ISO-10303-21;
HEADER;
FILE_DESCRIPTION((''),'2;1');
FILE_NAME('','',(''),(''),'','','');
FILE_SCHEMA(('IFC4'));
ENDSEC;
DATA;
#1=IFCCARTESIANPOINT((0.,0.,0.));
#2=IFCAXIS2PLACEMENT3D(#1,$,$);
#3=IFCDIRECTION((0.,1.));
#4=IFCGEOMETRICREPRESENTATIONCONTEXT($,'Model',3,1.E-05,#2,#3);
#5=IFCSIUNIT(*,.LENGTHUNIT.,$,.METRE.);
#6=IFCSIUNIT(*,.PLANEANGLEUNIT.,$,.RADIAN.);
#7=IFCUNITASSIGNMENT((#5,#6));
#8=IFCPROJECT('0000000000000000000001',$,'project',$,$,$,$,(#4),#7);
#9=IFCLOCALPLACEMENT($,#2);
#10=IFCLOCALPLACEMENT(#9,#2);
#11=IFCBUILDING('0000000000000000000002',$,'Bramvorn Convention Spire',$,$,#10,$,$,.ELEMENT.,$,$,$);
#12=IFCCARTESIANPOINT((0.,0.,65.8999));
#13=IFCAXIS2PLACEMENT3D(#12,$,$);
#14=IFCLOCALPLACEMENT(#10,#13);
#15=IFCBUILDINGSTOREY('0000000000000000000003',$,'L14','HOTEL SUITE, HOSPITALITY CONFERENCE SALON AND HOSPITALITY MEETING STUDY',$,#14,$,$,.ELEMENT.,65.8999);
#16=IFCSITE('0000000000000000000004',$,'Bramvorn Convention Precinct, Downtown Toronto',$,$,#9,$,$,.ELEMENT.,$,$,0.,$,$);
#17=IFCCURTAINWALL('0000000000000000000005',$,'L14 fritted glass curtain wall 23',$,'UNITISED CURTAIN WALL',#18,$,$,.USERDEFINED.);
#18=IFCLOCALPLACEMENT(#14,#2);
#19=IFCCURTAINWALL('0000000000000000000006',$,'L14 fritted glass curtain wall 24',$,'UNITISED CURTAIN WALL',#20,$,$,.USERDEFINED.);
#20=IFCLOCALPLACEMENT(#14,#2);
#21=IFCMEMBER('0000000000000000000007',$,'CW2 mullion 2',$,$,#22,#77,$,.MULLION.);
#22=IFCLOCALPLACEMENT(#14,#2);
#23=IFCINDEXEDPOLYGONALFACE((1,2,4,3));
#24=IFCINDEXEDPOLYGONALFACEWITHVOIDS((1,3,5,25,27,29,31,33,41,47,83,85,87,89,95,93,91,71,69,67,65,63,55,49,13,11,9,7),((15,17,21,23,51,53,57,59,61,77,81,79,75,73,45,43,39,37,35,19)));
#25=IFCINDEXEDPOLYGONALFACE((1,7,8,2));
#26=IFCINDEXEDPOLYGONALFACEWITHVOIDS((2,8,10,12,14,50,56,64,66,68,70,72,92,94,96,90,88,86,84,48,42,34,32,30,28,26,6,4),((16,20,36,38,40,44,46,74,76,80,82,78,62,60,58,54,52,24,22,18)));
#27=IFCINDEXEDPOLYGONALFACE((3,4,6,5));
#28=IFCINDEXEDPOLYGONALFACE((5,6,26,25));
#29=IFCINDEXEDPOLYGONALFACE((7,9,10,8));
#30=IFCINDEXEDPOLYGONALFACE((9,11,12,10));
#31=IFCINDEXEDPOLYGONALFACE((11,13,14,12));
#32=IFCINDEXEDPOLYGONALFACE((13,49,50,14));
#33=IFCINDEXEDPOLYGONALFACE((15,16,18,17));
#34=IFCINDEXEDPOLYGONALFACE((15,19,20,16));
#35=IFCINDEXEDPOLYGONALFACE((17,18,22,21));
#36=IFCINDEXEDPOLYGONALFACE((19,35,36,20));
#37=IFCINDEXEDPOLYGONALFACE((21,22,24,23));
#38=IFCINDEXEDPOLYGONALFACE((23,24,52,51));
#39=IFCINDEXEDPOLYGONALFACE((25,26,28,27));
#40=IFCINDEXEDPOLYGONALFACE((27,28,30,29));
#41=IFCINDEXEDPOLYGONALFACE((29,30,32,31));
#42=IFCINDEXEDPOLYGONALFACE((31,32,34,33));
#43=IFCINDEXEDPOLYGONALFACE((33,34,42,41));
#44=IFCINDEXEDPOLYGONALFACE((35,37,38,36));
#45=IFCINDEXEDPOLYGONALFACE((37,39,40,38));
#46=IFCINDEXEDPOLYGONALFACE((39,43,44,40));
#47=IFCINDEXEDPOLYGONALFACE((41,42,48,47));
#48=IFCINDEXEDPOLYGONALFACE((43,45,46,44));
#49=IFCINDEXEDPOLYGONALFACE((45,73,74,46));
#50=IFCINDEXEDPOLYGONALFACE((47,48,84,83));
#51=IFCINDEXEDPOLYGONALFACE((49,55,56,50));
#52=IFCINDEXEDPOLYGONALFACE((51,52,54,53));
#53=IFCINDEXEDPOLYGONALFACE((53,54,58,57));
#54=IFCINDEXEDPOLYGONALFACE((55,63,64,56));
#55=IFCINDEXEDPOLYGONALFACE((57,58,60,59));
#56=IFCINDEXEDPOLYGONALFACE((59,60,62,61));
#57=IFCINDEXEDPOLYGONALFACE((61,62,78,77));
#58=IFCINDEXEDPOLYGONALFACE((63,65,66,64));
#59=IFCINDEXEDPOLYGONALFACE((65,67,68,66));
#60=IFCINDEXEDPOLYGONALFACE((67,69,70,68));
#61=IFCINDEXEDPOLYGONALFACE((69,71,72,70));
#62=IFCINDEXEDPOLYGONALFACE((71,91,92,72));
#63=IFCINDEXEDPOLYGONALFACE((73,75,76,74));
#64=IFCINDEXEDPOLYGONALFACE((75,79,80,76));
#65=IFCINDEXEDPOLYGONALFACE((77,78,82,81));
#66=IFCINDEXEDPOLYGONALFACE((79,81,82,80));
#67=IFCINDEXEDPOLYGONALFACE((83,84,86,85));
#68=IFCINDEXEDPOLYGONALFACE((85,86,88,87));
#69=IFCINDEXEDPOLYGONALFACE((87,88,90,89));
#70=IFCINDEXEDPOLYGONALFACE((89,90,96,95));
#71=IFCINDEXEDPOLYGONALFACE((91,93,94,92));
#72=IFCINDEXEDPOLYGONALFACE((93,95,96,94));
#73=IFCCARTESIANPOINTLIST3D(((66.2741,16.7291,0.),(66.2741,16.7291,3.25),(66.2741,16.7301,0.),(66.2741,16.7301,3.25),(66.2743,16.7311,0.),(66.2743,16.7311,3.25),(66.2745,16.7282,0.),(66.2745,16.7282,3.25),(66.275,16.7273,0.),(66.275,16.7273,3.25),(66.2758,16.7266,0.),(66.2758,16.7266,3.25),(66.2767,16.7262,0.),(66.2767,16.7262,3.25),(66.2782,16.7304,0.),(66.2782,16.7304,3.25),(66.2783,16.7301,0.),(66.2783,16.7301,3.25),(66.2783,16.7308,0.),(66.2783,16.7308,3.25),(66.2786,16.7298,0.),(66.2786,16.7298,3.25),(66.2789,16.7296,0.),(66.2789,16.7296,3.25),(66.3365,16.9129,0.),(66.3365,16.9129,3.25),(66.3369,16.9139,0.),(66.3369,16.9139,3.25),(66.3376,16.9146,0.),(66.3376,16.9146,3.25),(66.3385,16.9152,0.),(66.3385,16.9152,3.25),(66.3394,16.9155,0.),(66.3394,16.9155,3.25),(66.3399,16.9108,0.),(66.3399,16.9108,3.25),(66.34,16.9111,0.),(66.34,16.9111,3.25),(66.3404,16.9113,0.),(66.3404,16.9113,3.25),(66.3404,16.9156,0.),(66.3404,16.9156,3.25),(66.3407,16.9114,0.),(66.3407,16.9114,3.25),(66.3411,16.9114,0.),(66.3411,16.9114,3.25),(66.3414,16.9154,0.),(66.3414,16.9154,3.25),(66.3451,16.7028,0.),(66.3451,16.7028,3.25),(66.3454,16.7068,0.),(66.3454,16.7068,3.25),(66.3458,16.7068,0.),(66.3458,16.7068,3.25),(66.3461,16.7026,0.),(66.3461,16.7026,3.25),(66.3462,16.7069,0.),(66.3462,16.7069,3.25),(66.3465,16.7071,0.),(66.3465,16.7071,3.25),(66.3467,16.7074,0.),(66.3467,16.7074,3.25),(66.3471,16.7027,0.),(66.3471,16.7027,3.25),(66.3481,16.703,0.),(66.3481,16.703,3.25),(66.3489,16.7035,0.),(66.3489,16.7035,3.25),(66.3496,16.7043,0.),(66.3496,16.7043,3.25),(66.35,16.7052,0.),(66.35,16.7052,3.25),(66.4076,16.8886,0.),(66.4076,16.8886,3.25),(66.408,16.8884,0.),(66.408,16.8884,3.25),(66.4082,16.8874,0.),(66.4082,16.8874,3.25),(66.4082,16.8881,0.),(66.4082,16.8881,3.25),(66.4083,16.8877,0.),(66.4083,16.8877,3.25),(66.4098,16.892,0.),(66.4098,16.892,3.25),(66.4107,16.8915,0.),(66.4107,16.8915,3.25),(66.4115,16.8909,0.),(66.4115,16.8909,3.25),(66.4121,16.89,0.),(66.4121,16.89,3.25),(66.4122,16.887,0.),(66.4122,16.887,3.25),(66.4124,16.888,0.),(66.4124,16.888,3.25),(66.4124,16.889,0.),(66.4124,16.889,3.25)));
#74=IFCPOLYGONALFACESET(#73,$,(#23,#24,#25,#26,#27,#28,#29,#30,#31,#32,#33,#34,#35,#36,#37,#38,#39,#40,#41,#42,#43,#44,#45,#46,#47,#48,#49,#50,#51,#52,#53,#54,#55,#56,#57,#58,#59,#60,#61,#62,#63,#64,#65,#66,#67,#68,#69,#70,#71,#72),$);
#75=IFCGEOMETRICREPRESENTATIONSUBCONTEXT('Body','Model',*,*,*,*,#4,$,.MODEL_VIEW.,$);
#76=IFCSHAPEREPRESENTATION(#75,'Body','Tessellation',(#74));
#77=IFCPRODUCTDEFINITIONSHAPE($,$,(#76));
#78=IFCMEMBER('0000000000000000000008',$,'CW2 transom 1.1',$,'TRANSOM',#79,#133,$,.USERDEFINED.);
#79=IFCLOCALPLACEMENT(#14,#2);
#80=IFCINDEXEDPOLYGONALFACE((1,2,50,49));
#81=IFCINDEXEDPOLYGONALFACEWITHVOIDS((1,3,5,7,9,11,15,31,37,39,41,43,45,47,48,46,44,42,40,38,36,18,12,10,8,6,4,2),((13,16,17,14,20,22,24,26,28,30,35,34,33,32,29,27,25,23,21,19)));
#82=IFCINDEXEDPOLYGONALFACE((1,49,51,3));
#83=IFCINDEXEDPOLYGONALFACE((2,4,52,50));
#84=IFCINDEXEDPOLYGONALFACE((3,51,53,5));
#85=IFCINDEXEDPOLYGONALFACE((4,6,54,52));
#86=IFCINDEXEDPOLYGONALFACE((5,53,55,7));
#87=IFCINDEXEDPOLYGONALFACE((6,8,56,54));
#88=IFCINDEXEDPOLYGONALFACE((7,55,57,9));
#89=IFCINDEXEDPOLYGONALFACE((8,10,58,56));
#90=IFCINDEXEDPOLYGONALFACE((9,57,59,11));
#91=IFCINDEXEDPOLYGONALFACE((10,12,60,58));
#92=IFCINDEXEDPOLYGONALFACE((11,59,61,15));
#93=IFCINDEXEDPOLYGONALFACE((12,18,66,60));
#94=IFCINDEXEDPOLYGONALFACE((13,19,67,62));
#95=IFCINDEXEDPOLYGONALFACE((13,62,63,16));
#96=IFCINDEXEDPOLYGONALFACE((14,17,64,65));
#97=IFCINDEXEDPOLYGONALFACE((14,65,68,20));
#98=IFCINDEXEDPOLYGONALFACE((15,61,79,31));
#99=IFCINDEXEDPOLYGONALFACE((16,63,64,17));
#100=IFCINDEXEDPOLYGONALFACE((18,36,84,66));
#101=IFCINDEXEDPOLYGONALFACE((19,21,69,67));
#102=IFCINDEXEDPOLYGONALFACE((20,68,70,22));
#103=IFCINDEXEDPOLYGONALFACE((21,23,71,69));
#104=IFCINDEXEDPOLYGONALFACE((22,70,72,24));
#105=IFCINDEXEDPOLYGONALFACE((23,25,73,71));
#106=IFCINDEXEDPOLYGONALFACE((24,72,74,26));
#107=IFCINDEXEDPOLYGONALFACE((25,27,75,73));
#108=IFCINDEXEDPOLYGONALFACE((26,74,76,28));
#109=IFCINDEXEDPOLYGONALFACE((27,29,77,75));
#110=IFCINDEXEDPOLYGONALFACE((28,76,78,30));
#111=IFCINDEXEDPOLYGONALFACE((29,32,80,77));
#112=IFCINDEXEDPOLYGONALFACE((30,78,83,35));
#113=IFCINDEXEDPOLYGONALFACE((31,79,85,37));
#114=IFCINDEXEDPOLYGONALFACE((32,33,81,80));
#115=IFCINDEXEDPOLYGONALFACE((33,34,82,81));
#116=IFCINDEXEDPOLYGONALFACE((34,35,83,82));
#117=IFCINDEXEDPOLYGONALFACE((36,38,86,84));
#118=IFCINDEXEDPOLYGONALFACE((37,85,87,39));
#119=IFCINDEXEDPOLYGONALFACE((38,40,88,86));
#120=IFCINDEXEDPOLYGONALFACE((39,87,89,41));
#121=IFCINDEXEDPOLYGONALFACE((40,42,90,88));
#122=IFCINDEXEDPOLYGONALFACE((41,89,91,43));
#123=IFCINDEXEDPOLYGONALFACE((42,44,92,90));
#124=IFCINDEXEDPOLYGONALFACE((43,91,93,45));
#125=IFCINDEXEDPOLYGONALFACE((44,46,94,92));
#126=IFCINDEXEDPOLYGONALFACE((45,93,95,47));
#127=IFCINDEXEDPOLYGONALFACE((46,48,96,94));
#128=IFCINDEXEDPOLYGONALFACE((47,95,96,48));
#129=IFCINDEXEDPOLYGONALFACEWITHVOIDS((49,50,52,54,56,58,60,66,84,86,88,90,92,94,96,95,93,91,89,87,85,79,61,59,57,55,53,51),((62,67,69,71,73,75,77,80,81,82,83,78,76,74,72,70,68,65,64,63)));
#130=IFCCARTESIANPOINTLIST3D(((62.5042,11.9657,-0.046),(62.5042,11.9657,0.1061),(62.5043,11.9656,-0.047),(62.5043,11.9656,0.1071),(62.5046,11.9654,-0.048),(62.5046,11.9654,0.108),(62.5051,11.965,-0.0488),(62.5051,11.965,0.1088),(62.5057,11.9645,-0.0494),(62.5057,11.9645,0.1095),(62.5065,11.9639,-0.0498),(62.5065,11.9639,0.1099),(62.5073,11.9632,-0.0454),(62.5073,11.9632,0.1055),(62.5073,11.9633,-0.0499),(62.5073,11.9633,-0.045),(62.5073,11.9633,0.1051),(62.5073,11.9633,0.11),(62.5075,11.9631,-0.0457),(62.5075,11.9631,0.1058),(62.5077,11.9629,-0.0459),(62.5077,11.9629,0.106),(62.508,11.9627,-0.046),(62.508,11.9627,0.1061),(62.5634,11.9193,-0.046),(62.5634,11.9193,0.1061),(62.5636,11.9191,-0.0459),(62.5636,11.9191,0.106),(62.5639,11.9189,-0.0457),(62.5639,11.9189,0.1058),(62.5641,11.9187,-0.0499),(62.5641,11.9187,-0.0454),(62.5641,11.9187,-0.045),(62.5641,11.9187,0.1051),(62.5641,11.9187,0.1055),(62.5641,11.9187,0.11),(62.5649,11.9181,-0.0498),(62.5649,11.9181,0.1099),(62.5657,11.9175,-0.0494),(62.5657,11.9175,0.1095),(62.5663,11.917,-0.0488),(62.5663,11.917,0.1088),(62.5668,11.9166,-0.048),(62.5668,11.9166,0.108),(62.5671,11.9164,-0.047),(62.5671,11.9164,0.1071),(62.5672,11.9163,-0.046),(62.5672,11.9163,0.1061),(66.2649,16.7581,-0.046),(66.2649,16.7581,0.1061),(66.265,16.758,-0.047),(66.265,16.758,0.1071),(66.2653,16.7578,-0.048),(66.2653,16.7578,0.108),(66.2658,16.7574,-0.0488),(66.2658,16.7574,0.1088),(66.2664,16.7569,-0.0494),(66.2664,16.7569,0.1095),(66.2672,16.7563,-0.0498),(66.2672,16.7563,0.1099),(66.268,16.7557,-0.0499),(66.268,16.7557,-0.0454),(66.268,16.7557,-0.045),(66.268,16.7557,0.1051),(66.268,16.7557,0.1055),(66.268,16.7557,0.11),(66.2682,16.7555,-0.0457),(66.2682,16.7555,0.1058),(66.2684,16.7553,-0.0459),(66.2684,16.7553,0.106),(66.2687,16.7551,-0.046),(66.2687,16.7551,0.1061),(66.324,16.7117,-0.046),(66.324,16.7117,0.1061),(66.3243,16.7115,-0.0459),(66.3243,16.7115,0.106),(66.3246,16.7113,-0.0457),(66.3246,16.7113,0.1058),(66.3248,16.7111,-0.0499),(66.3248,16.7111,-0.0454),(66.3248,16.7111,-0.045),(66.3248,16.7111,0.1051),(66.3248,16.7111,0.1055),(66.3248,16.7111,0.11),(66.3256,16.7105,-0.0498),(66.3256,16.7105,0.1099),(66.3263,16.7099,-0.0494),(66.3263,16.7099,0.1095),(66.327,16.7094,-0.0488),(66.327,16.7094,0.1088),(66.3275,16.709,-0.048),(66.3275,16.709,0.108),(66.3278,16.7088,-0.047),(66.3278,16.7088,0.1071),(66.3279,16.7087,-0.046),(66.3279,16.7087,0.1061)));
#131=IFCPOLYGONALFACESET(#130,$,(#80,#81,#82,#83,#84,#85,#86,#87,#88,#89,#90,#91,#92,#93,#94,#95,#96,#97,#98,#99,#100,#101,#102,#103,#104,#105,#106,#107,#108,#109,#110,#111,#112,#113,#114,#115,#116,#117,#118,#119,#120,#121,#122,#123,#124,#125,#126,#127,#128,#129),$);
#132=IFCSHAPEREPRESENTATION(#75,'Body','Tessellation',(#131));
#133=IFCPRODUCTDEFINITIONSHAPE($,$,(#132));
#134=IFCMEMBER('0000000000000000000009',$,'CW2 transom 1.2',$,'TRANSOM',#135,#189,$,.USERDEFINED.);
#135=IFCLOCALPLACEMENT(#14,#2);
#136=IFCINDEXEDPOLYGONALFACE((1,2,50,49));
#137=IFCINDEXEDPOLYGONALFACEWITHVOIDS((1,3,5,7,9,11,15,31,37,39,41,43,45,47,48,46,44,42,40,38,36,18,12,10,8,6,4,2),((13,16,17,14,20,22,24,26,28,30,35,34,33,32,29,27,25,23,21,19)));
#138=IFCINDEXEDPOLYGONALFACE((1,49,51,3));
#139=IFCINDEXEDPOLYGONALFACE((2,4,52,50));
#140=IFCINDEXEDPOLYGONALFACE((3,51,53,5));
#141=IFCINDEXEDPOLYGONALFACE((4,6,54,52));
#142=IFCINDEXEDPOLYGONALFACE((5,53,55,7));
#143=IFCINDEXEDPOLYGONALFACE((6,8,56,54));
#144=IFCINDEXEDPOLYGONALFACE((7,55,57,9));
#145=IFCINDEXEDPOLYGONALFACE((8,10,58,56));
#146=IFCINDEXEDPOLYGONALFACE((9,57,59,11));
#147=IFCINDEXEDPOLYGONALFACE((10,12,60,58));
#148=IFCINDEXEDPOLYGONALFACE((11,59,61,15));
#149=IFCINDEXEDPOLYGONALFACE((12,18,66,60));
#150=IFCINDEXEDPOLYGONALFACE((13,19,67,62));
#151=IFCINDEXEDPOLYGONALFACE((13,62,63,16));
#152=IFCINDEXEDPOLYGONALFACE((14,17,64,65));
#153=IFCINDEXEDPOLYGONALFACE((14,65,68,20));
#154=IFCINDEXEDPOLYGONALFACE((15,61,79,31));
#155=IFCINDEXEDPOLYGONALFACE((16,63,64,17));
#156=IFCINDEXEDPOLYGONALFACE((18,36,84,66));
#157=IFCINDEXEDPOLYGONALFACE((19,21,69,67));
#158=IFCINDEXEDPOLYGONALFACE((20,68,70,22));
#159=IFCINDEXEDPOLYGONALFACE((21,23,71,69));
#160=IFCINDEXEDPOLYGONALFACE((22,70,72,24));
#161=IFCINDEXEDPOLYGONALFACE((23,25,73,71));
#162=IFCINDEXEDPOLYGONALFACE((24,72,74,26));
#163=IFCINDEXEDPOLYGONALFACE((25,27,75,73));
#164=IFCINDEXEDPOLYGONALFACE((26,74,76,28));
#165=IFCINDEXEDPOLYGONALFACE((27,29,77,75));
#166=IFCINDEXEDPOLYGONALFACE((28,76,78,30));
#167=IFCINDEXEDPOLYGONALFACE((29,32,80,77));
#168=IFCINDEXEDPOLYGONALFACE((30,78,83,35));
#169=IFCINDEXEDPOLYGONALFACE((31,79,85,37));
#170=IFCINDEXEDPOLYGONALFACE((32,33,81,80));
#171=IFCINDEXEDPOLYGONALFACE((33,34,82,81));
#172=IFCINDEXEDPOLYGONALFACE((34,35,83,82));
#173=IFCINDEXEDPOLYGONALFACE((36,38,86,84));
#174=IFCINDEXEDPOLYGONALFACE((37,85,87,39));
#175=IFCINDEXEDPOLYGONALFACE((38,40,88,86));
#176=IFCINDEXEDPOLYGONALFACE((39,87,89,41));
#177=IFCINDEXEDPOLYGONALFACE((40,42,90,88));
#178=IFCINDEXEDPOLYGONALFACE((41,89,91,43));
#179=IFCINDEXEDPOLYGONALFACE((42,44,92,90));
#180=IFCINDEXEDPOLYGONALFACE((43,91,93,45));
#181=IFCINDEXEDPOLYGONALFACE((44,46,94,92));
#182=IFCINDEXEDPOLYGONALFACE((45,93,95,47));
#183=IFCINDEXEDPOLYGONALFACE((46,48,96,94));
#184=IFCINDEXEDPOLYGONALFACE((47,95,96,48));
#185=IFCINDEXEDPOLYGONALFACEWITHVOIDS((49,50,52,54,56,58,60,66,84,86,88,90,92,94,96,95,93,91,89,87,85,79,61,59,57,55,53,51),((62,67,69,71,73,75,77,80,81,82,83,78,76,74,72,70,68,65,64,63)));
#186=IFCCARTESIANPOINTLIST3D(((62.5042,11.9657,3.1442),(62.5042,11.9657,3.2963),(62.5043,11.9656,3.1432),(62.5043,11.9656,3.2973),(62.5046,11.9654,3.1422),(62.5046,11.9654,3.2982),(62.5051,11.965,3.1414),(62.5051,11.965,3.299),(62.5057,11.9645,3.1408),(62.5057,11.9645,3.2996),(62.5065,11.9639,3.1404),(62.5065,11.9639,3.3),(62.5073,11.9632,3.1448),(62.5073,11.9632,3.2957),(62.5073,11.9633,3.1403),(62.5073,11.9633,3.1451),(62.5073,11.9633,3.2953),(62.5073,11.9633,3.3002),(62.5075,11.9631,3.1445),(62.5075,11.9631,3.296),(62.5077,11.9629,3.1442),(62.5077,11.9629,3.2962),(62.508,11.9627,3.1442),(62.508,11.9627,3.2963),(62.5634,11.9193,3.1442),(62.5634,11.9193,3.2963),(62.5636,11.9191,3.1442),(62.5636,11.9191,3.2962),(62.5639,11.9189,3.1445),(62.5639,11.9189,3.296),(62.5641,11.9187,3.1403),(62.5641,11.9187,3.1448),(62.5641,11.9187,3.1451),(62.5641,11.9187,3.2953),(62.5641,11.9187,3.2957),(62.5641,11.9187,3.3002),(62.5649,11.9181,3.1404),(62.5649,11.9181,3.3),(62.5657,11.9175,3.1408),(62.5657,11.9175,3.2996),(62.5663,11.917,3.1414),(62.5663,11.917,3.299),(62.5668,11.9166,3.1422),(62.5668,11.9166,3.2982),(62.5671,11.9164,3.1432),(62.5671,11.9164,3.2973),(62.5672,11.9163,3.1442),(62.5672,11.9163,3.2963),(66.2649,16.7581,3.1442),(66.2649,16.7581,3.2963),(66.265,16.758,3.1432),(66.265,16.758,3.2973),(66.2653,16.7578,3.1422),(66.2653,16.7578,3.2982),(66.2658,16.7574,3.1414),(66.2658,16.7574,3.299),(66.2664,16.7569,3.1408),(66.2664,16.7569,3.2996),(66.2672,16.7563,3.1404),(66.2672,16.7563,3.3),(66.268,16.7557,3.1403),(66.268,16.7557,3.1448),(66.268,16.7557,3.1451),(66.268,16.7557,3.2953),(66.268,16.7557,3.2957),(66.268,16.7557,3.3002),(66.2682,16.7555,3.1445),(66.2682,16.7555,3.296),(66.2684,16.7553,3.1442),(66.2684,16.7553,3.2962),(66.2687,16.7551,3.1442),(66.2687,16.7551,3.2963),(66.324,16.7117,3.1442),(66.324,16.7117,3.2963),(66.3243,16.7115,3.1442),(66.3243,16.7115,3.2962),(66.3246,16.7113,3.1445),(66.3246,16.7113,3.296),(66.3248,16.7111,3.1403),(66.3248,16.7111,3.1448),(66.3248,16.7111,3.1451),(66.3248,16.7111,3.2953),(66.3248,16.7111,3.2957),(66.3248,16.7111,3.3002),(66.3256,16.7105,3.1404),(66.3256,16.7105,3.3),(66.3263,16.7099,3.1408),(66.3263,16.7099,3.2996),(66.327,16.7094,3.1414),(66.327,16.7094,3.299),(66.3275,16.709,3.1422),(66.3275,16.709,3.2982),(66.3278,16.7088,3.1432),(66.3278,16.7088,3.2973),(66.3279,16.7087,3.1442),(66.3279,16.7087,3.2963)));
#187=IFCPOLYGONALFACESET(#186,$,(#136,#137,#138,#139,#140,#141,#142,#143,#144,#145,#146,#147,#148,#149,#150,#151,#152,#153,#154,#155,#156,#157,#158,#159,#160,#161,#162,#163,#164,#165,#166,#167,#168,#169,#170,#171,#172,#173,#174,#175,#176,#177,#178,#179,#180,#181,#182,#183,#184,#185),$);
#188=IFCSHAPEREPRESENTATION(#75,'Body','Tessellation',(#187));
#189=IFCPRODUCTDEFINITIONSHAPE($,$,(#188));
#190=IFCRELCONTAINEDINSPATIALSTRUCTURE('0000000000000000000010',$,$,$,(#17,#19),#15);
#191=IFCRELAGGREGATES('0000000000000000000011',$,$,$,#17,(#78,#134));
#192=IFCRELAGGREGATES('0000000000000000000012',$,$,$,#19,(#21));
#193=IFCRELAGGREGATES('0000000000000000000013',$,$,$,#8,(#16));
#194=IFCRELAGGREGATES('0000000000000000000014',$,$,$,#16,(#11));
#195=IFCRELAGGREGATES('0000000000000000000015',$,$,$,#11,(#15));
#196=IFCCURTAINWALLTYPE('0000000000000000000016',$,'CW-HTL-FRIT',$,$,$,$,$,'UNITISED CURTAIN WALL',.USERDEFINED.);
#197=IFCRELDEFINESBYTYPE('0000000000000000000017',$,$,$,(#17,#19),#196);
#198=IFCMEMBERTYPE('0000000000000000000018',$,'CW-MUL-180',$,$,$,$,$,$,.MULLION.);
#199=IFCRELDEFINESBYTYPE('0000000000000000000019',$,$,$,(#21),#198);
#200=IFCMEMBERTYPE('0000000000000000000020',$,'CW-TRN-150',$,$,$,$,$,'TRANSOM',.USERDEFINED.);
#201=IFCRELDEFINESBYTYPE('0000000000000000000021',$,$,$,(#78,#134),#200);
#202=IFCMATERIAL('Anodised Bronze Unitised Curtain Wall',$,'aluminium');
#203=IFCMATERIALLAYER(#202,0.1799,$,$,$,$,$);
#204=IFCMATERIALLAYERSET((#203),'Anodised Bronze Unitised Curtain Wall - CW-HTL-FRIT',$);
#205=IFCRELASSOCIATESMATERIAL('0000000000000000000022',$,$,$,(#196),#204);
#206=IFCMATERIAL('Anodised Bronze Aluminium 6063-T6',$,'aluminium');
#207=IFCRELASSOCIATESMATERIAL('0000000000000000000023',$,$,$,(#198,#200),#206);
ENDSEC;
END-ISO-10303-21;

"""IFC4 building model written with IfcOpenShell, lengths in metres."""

from ifc_helpers import new_model, si_unit, direction, frame, origin, origin_2d, place, context, subcontext, project, spatial, hollow_rectangle, extrude, material, layer, layer_set, material_profile, profile_set, type_object, element, aggregate, save


model = new_model("IFC4")

# Units and contexts
model_context = context("Model", 3, precision=1e-05, world=origin(), true_north=direction((0.0, 1.0)))
body_context = subcontext(model_context, "Body", "Model", "MODEL_VIEW")
ifc_project = project(units=[si_unit("LENGTHUNIT", "METRE"), si_unit("PLANEANGLEUNIT", "RADIAN")], contexts=[model_context])

# Site, building, storey
site_placement = place(None, origin())
site = spatial("IfcSite", under=ifc_project, at=site_placement, Name="Bramvorn Convention Precinct, Downtown Toronto", CompositionType="ELEMENT", RefElevation=0.0)
building_placement = place(site_placement, origin())
building = spatial("IfcBuilding", under=site, at=building_placement, Name="Bramvorn Convention Spire", CompositionType="ELEMENT")
storey_placement = place(building_placement, frame((0.0, 0.0, 65.8999)))
storey = spatial("IfcBuildingStorey", under=building, at=storey_placement, Name="L14", Description="HOTEL SUITE, HOSPITALITY CONFERENCE SALON AND HOSPITALITY MEETING STUDY", CompositionType="ELEMENT", Elevation=65.8999)

# Curtain walls, member
ifc_material_1 = material(Name="Anodised Bronze Unitised Curtain Wall", Category="aluminium")
ifc_layer_1 = layer(ifc_material_1, 0.1799)
ifc_layer_set_1 = layer_set([ifc_layer_1], Name="Anodised Bronze Unitised Curtain Wall - CW-HTL-FRIT")
curtain_wall_type = type_object("IfcCurtainWallType", Name="CW-HTL-FRIT", ElementType="UNITISED CURTAIN WALL", PredefinedType="USERDEFINED", material=ifc_layer_set_1)
curtain_wall_1_placement = place(storey_placement, origin())
curtain_wall_1 = element("IfcCurtainWall", 1, at=curtain_wall_1_placement, inside=storey, type_object=curtain_wall_type, Name="L14 fritted glass curtain wall 23", ObjectType="UNITISED CURTAIN WALL", PredefinedType="USERDEFINED")
ifc_material_2 = material(Name="Anodised Bronze Aluminium 6063-T6", Category="aluminium")
ifc_material_profile_1 = material_profile(ifc_material_2, hollow_rectangle(XDim=0.0801, YDim=0.2, WallThickness=0.0039, InnerFilletRadius=0.001, OuterFilletRadius=0.0039, at=origin_2d()))
ifc_profile_set_1 = profile_set([ifc_material_profile_1], Name="Anodised Bronze Aluminium 6063-T6 - CWM80X200")
member_type_1 = type_object("IfcMemberType", Name="CW-MUL-180", PredefinedType="MULLION", material=ifc_profile_set_1)
curtain_wall_2_placement = place(storey_placement, origin())
curtain_wall_2 = element("IfcCurtainWall", 2, at=curtain_wall_2_placement, inside=storey, type_object=curtain_wall_type, Name="L14 fritted glass curtain wall 24", ObjectType="UNITISED CURTAIN WALL", PredefinedType="USERDEFINED")
member_1_placement = place(storey_placement, frame((66.3433, 16.8091, 0.0), z_axis=(0.0, 0.0, 1.0), x_axis=(0.946154, -0.323716, 0.0)))
member_1 = element("IfcMember", 3, at=member_1_placement, type_object=member_type_1, Name="CW2 mullion 2", PredefinedType="MULLION", context=body_context, shape_type="SweptSolid", body=[
    extrude(hollow_rectangle(XDim=0.0801, YDim=0.2, WallThickness=0.0039, InnerFilletRadius=0.001, OuterFilletRadius=0.0039, at=origin_2d()), origin(), (0.0, 0.0, 1.0), 3.25),
])

# Members
ifc_material_profile_2 = material_profile(ifc_material_2, hollow_rectangle(XDim=0.0801, YDim=0.1599, WallThickness=0.0039, InnerFilletRadius=0.001, OuterFilletRadius=0.0039, at=origin_2d()))
ifc_profile_set_2 = profile_set([ifc_material_profile_2], Name="Anodised Bronze Aluminium 6063-T6 - CWT80X160")
member_type_2 = type_object("IfcMemberType", Name="CW-TRN-150", ElementType="TRANSOM", PredefinedType="USERDEFINED", material=ifc_profile_set_2)
member_2_placement = place(storey_placement, frame((66.2964, 16.7334, 0.03), z_axis=(-0.617336, -0.786699, 0.0), x_axis=(0.786699, -0.617336, 0.0)))
member_2 = element("IfcMember", 4, at=member_2_placement, type_object=member_type_2, Name="CW2 transom 1.1", ObjectType="TRANSOM", PredefinedType="USERDEFINED", context=body_context, shape_type="SweptSolid", body=[
    extrude(hollow_rectangle(XDim=0.0801, YDim=0.1599, WallThickness=0.0039, InnerFilletRadius=0.001, OuterFilletRadius=0.0039, at=origin_2d()), origin(), (0.0, 0.0, 1.0), 6.0918),
])
member_3_placement = place(storey_placement, frame((66.2964, 16.7334, 3.2202), z_axis=(-0.617336, -0.786699, 0.0), x_axis=(0.786699, -0.617336, 0.0)))
member_3 = element("IfcMember", 5, at=member_3_placement, type_object=member_type_2, Name="CW2 transom 1.2", ObjectType="TRANSOM", PredefinedType="USERDEFINED", context=body_context, shape_type="SweptSolid", body=[
    extrude(hollow_rectangle(XDim=0.0801, YDim=0.1599, WallThickness=0.0039, InnerFilletRadius=0.001, OuterFilletRadius=0.0039, at=origin_2d()), origin(), (0.0, 0.0, 1.0), 6.0918),
])

aggregate(curtain_wall_1, [member_2, member_3])
aggregate(curtain_wall_2, [member_1])

save(model, "model.ifc")
